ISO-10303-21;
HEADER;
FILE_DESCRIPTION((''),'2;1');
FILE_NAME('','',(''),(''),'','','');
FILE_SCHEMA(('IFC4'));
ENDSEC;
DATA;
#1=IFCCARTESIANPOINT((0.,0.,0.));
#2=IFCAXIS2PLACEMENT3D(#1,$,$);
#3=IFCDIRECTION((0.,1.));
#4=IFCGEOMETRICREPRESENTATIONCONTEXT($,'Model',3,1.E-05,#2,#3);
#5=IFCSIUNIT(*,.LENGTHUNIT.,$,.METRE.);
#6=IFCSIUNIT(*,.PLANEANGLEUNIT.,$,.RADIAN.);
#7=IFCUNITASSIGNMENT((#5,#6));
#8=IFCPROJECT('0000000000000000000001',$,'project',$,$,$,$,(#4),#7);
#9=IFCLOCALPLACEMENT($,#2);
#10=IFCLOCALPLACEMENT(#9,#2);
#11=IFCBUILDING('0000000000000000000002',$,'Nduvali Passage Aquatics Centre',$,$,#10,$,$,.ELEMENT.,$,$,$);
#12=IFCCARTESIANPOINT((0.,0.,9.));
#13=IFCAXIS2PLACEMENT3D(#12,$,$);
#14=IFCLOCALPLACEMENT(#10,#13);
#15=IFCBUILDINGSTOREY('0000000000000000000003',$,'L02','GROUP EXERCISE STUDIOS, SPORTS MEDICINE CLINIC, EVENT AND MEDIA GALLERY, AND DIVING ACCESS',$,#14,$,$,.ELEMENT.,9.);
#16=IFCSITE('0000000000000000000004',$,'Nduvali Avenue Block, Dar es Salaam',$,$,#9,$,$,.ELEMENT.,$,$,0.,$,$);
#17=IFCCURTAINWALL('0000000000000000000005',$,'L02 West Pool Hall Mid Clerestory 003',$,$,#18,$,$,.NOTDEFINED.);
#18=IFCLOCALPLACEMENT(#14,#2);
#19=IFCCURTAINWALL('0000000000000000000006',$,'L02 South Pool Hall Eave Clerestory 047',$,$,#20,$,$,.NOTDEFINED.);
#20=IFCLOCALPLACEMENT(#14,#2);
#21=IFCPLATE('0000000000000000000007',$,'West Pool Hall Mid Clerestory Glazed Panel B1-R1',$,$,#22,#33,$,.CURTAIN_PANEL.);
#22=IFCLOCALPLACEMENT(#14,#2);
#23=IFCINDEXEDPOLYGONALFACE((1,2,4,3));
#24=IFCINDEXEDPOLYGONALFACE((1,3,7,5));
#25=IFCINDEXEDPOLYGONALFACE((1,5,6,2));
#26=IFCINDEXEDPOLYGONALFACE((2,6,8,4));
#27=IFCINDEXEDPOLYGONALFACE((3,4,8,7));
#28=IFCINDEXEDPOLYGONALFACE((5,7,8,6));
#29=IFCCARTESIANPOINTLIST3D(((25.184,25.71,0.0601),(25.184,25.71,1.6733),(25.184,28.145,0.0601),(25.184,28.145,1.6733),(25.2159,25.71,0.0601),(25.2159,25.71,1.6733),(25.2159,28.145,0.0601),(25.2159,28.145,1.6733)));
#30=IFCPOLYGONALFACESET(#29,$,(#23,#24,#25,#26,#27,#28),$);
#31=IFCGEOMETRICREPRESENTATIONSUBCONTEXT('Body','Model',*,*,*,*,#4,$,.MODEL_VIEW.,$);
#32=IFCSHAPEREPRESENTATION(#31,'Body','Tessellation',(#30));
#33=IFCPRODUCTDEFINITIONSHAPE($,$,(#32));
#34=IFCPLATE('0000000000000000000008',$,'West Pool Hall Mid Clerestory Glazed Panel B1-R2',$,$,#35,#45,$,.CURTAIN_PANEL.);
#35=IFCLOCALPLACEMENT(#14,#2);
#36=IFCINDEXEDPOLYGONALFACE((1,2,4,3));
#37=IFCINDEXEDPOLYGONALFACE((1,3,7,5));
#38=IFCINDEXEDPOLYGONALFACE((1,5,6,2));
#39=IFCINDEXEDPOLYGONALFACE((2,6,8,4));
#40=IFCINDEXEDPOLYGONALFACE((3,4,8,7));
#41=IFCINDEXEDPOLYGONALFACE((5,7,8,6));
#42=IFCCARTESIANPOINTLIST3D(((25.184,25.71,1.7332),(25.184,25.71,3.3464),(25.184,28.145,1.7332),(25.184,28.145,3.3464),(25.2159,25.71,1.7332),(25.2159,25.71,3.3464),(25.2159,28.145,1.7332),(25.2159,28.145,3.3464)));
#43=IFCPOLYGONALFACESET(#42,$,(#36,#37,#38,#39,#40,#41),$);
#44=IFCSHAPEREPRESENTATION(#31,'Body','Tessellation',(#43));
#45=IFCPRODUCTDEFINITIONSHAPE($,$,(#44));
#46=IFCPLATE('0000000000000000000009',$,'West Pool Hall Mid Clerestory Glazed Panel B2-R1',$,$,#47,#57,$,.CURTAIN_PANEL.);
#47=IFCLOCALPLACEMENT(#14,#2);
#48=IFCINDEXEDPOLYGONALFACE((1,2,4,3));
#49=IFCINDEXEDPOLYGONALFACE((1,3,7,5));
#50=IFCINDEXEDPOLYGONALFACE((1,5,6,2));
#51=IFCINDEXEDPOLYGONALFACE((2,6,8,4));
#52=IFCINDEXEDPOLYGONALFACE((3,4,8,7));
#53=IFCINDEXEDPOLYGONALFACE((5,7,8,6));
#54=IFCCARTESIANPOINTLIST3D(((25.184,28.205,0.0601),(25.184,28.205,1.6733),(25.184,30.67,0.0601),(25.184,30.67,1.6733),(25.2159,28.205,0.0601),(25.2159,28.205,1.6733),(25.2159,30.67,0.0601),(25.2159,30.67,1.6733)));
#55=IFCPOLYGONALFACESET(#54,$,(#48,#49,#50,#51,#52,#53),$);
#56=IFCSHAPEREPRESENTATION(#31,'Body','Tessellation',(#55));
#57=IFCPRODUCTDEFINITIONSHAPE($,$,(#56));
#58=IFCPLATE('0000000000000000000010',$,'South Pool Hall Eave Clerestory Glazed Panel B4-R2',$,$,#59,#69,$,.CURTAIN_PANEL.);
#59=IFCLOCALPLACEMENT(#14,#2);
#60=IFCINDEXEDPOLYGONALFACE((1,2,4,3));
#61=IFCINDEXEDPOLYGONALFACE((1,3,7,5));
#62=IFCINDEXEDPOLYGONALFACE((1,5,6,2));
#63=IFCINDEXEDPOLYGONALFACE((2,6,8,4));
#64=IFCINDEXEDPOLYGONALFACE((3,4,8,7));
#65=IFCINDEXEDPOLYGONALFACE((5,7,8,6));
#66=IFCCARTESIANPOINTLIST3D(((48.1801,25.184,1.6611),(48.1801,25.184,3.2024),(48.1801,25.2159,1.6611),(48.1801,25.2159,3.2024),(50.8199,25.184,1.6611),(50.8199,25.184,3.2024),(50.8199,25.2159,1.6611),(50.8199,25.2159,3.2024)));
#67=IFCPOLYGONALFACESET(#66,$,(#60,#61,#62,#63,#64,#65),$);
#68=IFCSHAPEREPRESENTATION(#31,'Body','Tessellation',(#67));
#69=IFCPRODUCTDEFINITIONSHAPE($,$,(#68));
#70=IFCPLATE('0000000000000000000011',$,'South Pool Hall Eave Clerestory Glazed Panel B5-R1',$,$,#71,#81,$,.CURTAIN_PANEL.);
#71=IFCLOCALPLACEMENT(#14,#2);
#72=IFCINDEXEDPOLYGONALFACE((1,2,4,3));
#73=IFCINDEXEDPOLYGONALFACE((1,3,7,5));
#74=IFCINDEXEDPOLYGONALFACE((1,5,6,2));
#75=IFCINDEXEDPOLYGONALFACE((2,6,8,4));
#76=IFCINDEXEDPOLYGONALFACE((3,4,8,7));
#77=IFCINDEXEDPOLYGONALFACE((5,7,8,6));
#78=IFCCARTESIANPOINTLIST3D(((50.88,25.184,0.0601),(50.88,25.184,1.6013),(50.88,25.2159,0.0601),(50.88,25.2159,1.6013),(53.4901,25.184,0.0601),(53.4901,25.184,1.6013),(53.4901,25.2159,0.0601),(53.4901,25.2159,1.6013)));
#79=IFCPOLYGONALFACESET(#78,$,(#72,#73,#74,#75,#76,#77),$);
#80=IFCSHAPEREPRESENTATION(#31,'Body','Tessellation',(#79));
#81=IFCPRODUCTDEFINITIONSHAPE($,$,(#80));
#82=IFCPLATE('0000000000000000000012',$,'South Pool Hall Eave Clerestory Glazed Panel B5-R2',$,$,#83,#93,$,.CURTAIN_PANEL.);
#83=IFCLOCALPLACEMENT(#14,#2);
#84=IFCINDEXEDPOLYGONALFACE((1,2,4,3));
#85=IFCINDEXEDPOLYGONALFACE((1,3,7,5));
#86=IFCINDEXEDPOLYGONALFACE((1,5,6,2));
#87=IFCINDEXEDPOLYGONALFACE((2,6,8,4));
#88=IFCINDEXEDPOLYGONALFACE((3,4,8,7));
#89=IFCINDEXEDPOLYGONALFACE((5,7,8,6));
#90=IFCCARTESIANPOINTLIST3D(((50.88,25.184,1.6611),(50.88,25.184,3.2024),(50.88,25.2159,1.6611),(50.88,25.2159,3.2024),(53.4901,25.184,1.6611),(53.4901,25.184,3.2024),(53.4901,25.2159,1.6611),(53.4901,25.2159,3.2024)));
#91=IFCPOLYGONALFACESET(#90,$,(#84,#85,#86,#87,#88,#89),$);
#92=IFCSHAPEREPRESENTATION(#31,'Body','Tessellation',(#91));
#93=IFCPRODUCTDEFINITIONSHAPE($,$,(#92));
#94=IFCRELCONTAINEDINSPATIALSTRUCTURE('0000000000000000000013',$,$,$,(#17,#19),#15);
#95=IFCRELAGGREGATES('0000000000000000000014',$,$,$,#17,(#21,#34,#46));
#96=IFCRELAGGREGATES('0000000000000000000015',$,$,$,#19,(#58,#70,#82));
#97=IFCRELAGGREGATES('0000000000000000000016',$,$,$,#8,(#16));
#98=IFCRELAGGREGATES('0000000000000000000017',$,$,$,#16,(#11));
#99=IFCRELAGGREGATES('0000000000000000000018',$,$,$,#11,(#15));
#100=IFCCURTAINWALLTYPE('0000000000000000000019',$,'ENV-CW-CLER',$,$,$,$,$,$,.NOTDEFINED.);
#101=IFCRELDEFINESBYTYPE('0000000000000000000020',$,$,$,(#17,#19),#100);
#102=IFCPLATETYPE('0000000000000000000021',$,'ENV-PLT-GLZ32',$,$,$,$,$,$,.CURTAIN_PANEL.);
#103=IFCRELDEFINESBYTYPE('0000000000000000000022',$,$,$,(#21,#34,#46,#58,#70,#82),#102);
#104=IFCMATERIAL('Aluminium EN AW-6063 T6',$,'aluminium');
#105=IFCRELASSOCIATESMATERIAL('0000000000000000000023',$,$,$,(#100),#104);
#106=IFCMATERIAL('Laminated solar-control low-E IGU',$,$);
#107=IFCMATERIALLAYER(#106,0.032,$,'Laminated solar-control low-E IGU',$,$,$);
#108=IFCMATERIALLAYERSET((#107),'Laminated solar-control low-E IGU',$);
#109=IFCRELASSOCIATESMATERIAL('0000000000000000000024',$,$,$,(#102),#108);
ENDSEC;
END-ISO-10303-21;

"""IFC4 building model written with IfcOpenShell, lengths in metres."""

from ifc_helpers import new_model, si_unit, direction, frame, origin, origin_2d, place, context, subcontext, project, spatial, rectangle, extrude, material, layer, layer_set, type_object, element, aggregate, save


model = new_model("IFC4")

# Units and contexts
model_context = context("Model", 3, precision=1e-05, world=origin(), true_north=direction((0.0, 1.0)))
body_context = subcontext(model_context, "Body", "Model", "MODEL_VIEW")
ifc_project = project(units=[si_unit("LENGTHUNIT", "METRE"), si_unit("PLANEANGLEUNIT", "RADIAN")], contexts=[model_context])

# Site, building, storey
site_placement = place(None, origin())
site = spatial("IfcSite", under=ifc_project, at=site_placement, Name="Nduvali Avenue Block, Dar es Salaam", CompositionType="ELEMENT", RefElevation=0.0)
building_placement = place(site_placement, origin())
building = spatial("IfcBuilding", under=site, at=building_placement, Name="Nduvali Passage Aquatics Centre", CompositionType="ELEMENT")
storey_placement = place(building_placement, frame((0.0, 0.0, 9.0)))
storey = spatial("IfcBuildingStorey", under=building, at=storey_placement, Name="L02", Description="GROUP EXERCISE STUDIOS, SPORTS MEDICINE CLINIC, EVENT AND MEDIA GALLERY, AND DIVING ACCESS", CompositionType="ELEMENT", Elevation=9.0)

# Curtain walls
ifc_material_1 = material(Name="Aluminium EN AW-6063 T6", Category="aluminium")
curtain_wall_type = type_object("IfcCurtainWallType", Name="ENV-CW-CLER", PredefinedType="NOTDEFINED", material=ifc_material_1)
curtain_wall_1_placement = place(storey_placement, origin())
curtain_wall_1 = element("IfcCurtainWall", 1, at=curtain_wall_1_placement, inside=storey, type_object=curtain_wall_type, Name="L02 West Pool Hall Mid Clerestory 003", PredefinedType="NOTDEFINED")
curtain_wall_2_placement = place(storey_placement, origin())
curtain_wall_2 = element("IfcCurtainWall", 2, at=curtain_wall_2_placement, inside=storey, type_object=curtain_wall_type, Name="L02 South Pool Hall Eave Clerestory 047", PredefinedType="NOTDEFINED")

# Plates
ifc_material_2 = material(Name="Laminated solar-control low-E IGU")
ifc_layer = layer(ifc_material_2, 0.032, Name="Laminated solar-control low-E IGU")
ifc_layer_set = layer_set([ifc_layer], Name="Laminated solar-control low-E IGU")
plate_type = type_object("IfcPlateType", Name="ENV-PLT-GLZ32", PredefinedType="CURTAIN_PANEL", material=ifc_layer_set)
plate_1_placement = place(storey_placement, frame((25.2, 26.9275, 0.0601), z_axis=(0.0, 0.0, 1.0), x_axis=(0.0, 1.0, 0.0)))
plate_1 = element("IfcPlate", 3, at=plate_1_placement, type_object=plate_type, Name="West Pool Hall Mid Clerestory Glazed Panel B1-R1", PredefinedType="CURTAIN_PANEL", context=body_context, shape_type="SweptSolid", body=[
    extrude(rectangle(XDim=2.4351, YDim=0.032, at=origin_2d()), origin(), (0.0, 0.0, 1.0), 1.6133),
])
plate_2_placement = place(storey_placement, frame((25.2, 26.9275, 1.7332), z_axis=(0.0, 0.0, 1.0), x_axis=(0.0, 1.0, 0.0)))
plate_2 = element("IfcPlate", 4, at=plate_2_placement, type_object=plate_type, Name="West Pool Hall Mid Clerestory Glazed Panel B1-R2", PredefinedType="CURTAIN_PANEL", context=body_context, shape_type="SweptSolid", body=[
    extrude(rectangle(XDim=2.4351, YDim=0.032, at=origin_2d()), origin(), (0.0, 0.0, 1.0), 1.6133),
])
plate_3_placement = place(storey_placement, frame((25.2, 29.4375, 0.0601), z_axis=(0.0, 0.0, 1.0), x_axis=(0.0, 1.0, 0.0)))
plate_3 = element("IfcPlate", 5, at=plate_3_placement, type_object=plate_type, Name="West Pool Hall Mid Clerestory Glazed Panel B2-R1", PredefinedType="CURTAIN_PANEL", context=body_context, shape_type="SweptSolid", body=[
    extrude(rectangle(XDim=2.4651, YDim=0.032, at=origin_2d()), origin(), (0.0, 0.0, 1.0), 1.6133),
])
aggregate(curtain_wall_1, [plate_1, plate_2, plate_3])
plate_4_placement = place(storey_placement, frame((49.5, 25.2, 1.6611), z_axis=(0.0, 0.0, 1.0), x_axis=(1.0, 0.0, 0.0)))
plate_4 = element("IfcPlate", 6, at=plate_4_placement, type_object=plate_type, Name="South Pool Hall Eave Clerestory Glazed Panel B4-R2", PredefinedType="CURTAIN_PANEL", context=body_context, shape_type="SweptSolid", body=[
    extrude(rectangle(XDim=2.6399, YDim=0.032, at=origin_2d()), origin(), (0.0, 0.0, 1.0), 1.5413),
])
plate_5_placement = place(storey_placement, frame((52.1851, 25.2, 0.0601), z_axis=(0.0, 0.0, 1.0), x_axis=(1.0, 0.0, 0.0)))
plate_5 = element("IfcPlate", 7, at=plate_5_placement, type_object=plate_type, Name="South Pool Hall Eave Clerestory Glazed Panel B5-R1", PredefinedType="CURTAIN_PANEL", context=body_context, shape_type="SweptSolid", body=[
    extrude(rectangle(XDim=2.6101, YDim=0.032, at=origin_2d()), origin(), (0.0, 0.0, 1.0), 1.5413),
])
plate_6_placement = place(storey_placement, frame((52.1851, 25.2, 1.6611), z_axis=(0.0, 0.0, 1.0), x_axis=(1.0, 0.0, 0.0)))
plate_6 = element("IfcPlate", 8, at=plate_6_placement, type_object=plate_type, Name="South Pool Hall Eave Clerestory Glazed Panel B5-R2", PredefinedType="CURTAIN_PANEL", context=body_context, shape_type="SweptSolid", body=[
    extrude(rectangle(XDim=2.6101, YDim=0.032, at=origin_2d()), origin(), (0.0, 0.0, 1.0), 1.5413),
])
aggregate(curtain_wall_2, [plate_4, plate_5, plate_6])

save(model, "model.ifc")
